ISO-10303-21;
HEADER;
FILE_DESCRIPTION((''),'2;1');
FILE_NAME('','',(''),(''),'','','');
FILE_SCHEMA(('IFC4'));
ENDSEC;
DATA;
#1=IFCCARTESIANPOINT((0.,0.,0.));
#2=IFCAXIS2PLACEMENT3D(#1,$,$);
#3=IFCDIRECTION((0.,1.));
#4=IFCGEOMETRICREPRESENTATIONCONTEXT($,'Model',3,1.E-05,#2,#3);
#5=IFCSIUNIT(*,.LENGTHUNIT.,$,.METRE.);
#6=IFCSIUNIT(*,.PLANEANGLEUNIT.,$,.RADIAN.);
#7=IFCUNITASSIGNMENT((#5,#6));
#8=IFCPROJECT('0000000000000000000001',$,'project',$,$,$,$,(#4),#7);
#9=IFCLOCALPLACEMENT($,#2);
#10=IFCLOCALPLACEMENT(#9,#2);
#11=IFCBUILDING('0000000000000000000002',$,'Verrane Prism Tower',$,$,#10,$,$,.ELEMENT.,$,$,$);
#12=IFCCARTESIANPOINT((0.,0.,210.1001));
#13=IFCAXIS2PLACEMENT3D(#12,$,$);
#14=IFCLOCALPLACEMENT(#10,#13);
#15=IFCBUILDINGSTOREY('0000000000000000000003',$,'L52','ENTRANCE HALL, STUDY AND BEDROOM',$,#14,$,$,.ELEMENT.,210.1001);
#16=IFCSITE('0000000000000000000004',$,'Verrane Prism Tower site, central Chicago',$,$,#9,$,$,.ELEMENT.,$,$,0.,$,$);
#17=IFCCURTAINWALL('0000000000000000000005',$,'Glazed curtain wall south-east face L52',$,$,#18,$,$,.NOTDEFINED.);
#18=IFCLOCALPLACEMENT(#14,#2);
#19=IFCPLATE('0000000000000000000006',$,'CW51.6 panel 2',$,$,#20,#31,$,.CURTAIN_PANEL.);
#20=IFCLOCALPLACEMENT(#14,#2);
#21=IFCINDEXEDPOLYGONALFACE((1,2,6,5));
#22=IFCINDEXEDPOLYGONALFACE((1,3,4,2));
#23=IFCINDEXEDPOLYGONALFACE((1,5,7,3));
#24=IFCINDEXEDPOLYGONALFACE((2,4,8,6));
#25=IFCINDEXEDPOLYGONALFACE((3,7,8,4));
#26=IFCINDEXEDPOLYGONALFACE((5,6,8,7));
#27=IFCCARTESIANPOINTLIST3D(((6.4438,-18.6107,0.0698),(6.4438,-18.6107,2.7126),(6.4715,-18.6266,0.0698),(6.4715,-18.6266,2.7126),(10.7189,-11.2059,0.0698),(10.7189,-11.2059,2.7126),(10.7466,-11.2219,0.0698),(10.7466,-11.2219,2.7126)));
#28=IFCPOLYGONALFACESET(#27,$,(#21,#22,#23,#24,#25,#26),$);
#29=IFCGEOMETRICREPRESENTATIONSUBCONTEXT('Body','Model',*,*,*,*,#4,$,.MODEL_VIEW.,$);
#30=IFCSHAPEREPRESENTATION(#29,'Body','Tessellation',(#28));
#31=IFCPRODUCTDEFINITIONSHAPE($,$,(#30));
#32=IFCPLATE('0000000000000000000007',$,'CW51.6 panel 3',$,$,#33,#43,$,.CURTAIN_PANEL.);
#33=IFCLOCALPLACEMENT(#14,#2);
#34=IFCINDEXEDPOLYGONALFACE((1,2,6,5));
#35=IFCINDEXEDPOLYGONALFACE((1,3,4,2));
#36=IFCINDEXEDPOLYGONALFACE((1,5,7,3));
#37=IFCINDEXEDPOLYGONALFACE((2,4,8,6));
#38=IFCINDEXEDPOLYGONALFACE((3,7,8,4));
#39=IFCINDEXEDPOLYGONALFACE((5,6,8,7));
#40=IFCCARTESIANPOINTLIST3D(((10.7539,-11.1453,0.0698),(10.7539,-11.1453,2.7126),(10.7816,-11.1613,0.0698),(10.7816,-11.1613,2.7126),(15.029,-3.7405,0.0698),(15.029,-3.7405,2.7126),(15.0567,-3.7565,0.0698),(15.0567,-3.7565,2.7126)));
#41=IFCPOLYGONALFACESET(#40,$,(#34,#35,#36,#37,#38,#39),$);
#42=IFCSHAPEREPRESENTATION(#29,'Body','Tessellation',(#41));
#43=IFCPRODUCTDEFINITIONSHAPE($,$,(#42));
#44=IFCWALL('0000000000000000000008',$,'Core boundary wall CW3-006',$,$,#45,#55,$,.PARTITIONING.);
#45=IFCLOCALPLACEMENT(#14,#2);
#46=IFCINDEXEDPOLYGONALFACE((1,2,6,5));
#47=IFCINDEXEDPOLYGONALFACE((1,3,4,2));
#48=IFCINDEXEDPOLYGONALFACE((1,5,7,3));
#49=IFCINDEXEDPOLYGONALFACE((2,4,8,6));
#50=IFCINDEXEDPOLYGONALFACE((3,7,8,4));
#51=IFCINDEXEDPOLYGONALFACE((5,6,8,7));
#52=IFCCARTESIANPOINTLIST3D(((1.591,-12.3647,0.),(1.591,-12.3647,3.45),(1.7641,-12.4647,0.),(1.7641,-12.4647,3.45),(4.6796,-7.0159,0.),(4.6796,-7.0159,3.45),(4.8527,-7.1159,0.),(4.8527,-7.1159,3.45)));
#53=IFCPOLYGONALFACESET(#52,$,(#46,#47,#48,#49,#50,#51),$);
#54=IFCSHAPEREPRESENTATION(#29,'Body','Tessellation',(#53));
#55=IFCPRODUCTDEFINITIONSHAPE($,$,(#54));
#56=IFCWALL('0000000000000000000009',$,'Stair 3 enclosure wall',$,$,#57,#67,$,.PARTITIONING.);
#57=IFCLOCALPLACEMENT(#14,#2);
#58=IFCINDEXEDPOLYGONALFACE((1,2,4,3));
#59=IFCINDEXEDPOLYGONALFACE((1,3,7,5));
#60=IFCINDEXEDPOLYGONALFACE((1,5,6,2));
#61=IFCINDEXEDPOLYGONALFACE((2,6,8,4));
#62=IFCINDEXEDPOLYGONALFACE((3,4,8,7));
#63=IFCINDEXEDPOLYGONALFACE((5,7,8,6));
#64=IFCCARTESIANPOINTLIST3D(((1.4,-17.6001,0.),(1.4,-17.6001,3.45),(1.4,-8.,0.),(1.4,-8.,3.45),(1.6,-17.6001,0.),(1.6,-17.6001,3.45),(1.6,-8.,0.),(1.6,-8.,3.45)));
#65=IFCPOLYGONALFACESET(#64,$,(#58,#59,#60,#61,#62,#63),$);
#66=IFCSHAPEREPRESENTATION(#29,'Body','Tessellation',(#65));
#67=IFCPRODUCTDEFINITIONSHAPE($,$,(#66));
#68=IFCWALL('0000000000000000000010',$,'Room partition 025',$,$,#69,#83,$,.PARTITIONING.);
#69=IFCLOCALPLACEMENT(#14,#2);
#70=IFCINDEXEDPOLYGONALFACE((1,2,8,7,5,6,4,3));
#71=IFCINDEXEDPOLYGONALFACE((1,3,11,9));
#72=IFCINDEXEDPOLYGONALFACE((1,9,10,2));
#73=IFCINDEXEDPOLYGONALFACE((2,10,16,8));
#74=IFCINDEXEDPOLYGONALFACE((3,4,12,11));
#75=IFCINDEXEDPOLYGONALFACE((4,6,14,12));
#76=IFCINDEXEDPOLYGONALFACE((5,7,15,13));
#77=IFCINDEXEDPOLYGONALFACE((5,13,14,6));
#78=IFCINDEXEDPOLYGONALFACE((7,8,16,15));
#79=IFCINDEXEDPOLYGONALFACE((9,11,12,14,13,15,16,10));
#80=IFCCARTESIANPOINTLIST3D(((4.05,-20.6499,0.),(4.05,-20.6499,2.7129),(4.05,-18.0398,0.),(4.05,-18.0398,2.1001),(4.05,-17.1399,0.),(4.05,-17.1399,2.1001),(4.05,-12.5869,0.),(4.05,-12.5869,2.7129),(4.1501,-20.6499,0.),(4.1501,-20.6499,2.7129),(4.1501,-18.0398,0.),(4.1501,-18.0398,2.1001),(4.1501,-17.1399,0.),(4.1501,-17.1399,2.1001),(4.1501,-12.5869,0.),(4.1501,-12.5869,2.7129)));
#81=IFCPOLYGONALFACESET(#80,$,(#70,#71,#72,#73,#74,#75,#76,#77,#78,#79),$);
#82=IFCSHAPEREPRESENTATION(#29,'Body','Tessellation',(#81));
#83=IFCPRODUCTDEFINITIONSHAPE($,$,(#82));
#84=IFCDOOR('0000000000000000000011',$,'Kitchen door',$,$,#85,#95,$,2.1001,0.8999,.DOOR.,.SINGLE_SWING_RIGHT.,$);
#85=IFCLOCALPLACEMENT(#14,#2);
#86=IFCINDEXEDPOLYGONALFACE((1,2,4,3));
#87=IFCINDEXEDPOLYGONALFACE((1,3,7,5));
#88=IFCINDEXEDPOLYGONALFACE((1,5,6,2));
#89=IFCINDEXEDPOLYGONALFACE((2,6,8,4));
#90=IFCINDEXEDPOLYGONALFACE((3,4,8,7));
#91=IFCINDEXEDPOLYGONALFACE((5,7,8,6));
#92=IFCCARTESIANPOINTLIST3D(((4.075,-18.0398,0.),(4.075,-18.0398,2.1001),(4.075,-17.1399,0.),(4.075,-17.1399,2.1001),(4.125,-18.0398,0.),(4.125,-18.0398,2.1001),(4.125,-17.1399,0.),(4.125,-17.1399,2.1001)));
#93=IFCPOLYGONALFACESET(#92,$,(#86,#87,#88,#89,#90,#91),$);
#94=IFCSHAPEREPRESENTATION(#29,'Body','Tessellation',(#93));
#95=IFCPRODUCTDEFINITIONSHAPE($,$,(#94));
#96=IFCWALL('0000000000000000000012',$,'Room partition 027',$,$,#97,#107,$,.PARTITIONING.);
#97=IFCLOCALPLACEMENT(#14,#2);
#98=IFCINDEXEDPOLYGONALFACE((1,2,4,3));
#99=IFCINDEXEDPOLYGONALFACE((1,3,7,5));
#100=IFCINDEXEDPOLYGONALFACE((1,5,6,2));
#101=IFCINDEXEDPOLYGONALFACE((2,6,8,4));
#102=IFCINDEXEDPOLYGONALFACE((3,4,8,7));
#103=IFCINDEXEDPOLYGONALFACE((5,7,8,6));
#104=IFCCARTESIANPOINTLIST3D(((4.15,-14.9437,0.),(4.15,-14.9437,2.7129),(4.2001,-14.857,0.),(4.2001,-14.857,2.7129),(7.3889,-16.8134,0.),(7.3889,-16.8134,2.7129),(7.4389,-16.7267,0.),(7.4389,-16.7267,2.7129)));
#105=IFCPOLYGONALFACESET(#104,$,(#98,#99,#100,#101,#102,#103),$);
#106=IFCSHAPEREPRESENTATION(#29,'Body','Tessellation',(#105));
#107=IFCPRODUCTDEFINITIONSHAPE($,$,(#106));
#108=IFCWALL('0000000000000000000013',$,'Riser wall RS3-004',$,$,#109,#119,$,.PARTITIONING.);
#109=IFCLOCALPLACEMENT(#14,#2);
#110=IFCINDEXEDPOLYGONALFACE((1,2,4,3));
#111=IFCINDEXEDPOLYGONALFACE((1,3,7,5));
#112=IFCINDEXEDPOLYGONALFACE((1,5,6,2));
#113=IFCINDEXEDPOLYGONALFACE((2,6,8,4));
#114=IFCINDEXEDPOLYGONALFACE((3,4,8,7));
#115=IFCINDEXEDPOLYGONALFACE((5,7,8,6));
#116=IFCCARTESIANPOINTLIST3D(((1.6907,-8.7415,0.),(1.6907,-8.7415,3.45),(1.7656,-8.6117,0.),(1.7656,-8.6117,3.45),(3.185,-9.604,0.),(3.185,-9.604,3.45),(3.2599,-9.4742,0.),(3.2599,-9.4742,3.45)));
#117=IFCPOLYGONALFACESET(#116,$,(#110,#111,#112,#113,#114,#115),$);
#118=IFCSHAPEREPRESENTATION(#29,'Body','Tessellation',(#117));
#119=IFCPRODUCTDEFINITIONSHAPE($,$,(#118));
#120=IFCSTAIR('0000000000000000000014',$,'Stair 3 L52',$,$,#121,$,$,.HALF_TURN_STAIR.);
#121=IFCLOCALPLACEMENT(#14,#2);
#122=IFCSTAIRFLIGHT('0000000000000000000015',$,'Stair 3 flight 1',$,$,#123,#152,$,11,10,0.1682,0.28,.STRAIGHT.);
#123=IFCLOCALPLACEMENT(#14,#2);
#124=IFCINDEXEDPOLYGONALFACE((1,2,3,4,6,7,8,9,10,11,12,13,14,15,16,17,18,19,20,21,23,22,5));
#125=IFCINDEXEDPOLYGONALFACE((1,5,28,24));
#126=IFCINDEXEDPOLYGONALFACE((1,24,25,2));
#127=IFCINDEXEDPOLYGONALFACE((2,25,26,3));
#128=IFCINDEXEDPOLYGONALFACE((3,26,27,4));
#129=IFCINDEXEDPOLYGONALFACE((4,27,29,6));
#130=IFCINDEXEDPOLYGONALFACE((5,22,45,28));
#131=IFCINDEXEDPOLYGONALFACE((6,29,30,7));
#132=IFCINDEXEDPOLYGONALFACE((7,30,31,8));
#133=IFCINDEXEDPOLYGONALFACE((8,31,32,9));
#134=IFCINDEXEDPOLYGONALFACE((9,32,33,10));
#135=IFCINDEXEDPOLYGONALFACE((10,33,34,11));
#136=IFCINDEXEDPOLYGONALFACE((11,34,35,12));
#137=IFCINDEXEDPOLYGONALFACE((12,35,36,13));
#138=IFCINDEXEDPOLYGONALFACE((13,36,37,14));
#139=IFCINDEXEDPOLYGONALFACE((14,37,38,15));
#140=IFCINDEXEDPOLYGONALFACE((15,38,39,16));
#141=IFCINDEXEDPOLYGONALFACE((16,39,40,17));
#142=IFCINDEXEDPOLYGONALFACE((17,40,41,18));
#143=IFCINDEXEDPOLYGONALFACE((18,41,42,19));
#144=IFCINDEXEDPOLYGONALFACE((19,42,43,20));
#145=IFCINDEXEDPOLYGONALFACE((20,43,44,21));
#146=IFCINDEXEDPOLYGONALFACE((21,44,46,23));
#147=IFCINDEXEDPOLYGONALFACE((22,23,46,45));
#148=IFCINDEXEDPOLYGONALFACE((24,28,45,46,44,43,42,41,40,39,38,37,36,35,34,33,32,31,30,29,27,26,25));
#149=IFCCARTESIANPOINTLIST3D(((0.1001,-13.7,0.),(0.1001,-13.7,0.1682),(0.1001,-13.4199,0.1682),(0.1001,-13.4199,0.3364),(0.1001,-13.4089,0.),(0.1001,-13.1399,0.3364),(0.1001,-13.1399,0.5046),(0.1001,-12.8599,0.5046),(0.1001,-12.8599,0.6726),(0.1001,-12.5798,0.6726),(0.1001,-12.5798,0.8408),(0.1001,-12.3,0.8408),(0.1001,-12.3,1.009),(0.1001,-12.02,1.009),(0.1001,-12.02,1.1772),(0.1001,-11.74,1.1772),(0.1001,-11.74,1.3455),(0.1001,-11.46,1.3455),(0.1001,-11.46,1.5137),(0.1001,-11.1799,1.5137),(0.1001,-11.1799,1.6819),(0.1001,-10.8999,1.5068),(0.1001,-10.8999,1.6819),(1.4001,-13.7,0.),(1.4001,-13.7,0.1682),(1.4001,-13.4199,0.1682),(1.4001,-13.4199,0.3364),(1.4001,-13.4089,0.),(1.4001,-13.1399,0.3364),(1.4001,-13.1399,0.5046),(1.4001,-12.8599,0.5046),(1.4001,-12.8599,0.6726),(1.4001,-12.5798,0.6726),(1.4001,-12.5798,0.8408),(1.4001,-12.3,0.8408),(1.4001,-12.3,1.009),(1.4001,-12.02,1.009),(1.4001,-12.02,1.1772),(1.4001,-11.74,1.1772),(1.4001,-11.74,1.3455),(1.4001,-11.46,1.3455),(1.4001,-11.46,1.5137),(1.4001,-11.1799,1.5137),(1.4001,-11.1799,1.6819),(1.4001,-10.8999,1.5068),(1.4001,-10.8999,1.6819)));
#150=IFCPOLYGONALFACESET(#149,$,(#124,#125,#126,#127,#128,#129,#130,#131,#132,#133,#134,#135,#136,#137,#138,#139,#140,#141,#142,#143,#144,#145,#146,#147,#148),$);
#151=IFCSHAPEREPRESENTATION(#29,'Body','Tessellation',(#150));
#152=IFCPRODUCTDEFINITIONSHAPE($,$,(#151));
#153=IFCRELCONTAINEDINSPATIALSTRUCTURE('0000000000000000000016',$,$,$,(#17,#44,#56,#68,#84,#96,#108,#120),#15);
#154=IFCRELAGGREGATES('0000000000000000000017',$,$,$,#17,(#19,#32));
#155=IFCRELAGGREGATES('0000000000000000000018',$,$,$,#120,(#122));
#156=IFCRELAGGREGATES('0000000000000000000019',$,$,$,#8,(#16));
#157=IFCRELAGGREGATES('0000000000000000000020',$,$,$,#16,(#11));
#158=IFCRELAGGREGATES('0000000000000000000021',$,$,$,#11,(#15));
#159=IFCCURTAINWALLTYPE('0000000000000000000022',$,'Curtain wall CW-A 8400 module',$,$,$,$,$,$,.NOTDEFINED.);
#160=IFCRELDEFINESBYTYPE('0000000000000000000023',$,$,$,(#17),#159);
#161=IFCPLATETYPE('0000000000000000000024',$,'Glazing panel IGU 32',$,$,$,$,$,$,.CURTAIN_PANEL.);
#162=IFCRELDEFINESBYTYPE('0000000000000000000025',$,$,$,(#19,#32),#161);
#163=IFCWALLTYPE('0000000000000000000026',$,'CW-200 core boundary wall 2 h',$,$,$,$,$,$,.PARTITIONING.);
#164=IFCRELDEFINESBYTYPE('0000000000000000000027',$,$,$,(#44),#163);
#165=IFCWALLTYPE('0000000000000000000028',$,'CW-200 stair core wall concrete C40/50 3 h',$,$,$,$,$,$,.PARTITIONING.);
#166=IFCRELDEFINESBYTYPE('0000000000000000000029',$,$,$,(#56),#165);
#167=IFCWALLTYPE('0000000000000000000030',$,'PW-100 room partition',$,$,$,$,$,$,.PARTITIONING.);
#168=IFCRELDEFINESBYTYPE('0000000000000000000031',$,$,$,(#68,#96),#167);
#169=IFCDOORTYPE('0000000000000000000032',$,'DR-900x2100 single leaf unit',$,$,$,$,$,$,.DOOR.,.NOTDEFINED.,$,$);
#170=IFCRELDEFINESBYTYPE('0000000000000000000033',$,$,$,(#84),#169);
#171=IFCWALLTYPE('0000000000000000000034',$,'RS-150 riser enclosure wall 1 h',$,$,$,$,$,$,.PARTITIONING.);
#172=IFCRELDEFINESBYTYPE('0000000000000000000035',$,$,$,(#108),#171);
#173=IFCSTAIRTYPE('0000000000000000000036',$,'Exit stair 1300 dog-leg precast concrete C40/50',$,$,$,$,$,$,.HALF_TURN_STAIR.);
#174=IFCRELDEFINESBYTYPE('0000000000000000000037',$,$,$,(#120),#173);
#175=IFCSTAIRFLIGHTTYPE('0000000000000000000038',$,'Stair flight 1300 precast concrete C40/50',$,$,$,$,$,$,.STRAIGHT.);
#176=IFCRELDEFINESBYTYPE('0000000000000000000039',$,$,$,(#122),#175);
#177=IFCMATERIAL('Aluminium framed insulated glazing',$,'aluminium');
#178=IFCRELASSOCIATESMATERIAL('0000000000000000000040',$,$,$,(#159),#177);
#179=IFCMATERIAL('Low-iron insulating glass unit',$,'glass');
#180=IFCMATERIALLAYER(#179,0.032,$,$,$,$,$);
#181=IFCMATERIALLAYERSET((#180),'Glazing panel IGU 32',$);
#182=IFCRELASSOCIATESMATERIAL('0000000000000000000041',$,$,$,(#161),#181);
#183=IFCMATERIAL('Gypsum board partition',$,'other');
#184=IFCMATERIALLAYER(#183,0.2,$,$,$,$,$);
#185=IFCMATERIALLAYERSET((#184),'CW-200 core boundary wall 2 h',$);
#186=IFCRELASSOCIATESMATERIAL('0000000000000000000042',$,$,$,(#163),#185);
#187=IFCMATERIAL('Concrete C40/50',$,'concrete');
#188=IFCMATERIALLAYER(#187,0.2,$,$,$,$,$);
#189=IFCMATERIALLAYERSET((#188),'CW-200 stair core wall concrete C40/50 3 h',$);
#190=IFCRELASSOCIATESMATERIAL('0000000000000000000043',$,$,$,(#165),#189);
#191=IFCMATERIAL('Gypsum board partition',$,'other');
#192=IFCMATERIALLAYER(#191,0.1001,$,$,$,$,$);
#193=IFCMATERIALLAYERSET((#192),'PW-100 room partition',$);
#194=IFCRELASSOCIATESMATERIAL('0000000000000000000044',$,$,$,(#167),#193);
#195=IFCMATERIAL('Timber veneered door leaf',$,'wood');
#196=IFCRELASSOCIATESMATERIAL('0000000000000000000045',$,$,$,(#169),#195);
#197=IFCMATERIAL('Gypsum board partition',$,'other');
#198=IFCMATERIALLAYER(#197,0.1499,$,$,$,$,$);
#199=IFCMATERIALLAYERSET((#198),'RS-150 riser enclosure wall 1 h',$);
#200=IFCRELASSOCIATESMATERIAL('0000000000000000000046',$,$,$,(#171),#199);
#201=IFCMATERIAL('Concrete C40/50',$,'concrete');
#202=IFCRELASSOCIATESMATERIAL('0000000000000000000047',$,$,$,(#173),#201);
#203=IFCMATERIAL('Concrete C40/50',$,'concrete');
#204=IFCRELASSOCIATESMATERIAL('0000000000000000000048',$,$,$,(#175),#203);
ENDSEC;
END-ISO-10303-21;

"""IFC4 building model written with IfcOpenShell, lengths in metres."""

from ifc_helpers import new_model, si_unit, direction, frame, frame_2d, origin, origin_2d, place, context, subcontext, project, spatial, polyline, rectangle, outline, extrude, material, layer, layer_set, type_object, element, fill, aggregate, save


model = new_model("IFC4")

# Units and contexts
model_context = context("Model", 3, precision=1e-05, world=origin(), true_north=direction((0.0, 1.0)))
body_context = subcontext(model_context, "Body", "Model", "MODEL_VIEW")
ifc_project = project(units=[si_unit("LENGTHUNIT", "METRE"), si_unit("PLANEANGLEUNIT", "RADIAN")], contexts=[model_context])

# Site, building, storey
site_placement = place(None, origin())
site = spatial("IfcSite", under=ifc_project, at=site_placement, Name="Verrane Prism Tower site, central Chicago", CompositionType="ELEMENT", RefElevation=0.0)
building_placement = place(site_placement, origin())
building = spatial("IfcBuilding", under=site, at=building_placement, Name="Verrane Prism Tower", CompositionType="ELEMENT")
storey_placement = place(building_placement, frame((0.0, 0.0, 210.1001)))
storey = spatial("IfcBuildingStorey", under=building, at=storey_placement, Name="L52", Description="ENTRANCE HALL, STUDY AND BEDROOM", CompositionType="ELEMENT", Elevation=210.1001)

# Curtain wall
ifc_material_1 = material(Name="Aluminium framed insulated glazing", Category="aluminium")
curtain_wall_type = type_object("IfcCurtainWallType", Name="Curtain wall CW-A 8400 module", PredefinedType="NOTDEFINED", material=ifc_material_1)
curtain_wall_placement = place(storey_placement, origin())
curtain_wall = element("IfcCurtainWall", 1, at=curtain_wall_placement, inside=storey, type_object=curtain_wall_type, Name="Glazed curtain wall south-east face L52", PredefinedType="NOTDEFINED")

# Plates
ifc_material_2 = material(Name="Low-iron insulating glass unit", Category="glass")
ifc_layer_1 = layer(ifc_material_2, 0.032)
ifc_layer_set_1 = layer_set([ifc_layer_1], Name="Glazing panel IGU 32")
plate_type = type_object("IfcPlateType", Name="Glazing panel IGU 32", PredefinedType="CURTAIN_PANEL", material=ifc_layer_set_1)
plate_1_placement = place(storey_placement, frame((8.5952, -14.9163, 0.0698), z_axis=(0.0, 0.0, 1.0), x_axis=(0.499999, 0.866026, 0.0)))
plate_1 = element("IfcPlate", 2, at=plate_1_placement, type_object=plate_type, Name="CW51.6 panel 2", PredefinedType="CURTAIN_PANEL", context=body_context, shape_type="SweptSolid", body=[
    extrude(rectangle(XDim=8.5503, YDim=0.032, at=origin_2d()), origin(), (0.0, 0.0, 1.0), 2.6428),
])
plate_2_placement = place(storey_placement, frame((12.9053, -7.4509, 0.0698), z_axis=(0.0, 0.0, 1.0), x_axis=(0.499999, 0.866026, 0.0)))
plate_2 = element("IfcPlate", 3, at=plate_2_placement, type_object=plate_type, Name="CW51.6 panel 3", PredefinedType="CURTAIN_PANEL", context=body_context, shape_type="SweptSolid", body=[
    extrude(rectangle(XDim=8.5503, YDim=0.032, at=origin_2d()), origin(), (0.0, 0.0, 1.0), 2.6428),
])
aggregate(curtain_wall, [plate_1, plate_2])

# Walls
ifc_material_3 = material(Name="Gypsum board partition", Category="other")
ifc_layer_2 = layer(ifc_material_3, 0.2)
ifc_layer_set_2 = layer_set([ifc_layer_2], Name="CW-200 core boundary wall 2 h")
wall_type_1 = type_object("IfcWallType", Name="CW-200 core boundary wall 2 h", PredefinedType="PARTITIONING", material=ifc_layer_set_2)
wall_1_placement = place(storey_placement, frame((1.6775, -12.4148, 0.0), z_axis=(0.0, 0.0, 1.0), x_axis=(0.500054, 0.865994, 0.0)))
element("IfcWall", 4, at=wall_1_placement, inside=storey, type_object=wall_type_1, Name="Core boundary wall CW3-006", PredefinedType="PARTITIONING", context=body_context, shape_type="SweptSolid", body=[
    extrude(rectangle(XDim=6.1765, YDim=0.2, at=frame_2d((3.0884, 0.0))), origin(), (0.0, 0.0, 1.0), 3.45),
])
ifc_material_4 = material(Name="Concrete C40/50", Category="concrete")
ifc_layer_3 = layer(ifc_material_4, 0.2)
ifc_layer_set_3 = layer_set([ifc_layer_3], Name="CW-200 stair core wall concrete C40/50 3 h")
wall_type_2 = type_object("IfcWallType", Name="CW-200 stair core wall concrete C40/50 3 h", PredefinedType="PARTITIONING", material=ifc_layer_set_3)
wall_2_placement = place(storey_placement, frame((1.5, -8.0, 0.0), z_axis=(0.0, 0.0, 1.0), x_axis=(0.0, -1.0, 0.0)))
element("IfcWall", 5, at=wall_2_placement, inside=storey, type_object=wall_type_2, Name="Stair 3 enclosure wall", PredefinedType="PARTITIONING", context=body_context, shape_type="SweptSolid", body=[
    extrude(rectangle(XDim=9.6001, YDim=0.2, at=frame_2d((4.8, 0.0))), origin(), (0.0, 0.0, 1.0), 3.45),
])

# Wall, opening, door
ifc_material_5 = material(Name="Gypsum board partition", Category="other")
ifc_layer_4 = layer(ifc_material_5, 0.1001)
ifc_layer_set_4 = layer_set([ifc_layer_4], Name="PW-100 room partition")
wall_type_3 = type_object("IfcWallType", Name="PW-100 room partition", PredefinedType="PARTITIONING", material=ifc_layer_set_4)
wall_3_placement = place(storey_placement, frame((4.1001, -12.5869, 0.0), z_axis=(0.0, 0.0, 1.0), x_axis=(0.0, -1.0, 0.0)))
wall_3 = element("IfcWall", 6, at=wall_3_placement, inside=storey, type_object=wall_type_3, Name="Room partition 025", PredefinedType="PARTITIONING", context=body_context, shape_type="SweptSolid", body=[
    extrude(rectangle(XDim=8.063, YDim=0.1001, at=frame_2d((4.0315, 0.0))), origin(), (0.0, 0.0, 1.0), 2.7129),
])
opening_placement = place(wall_3_placement, frame((4.553, 0.0, 0.0)))
opening = element("IfcOpeningElement", 7, at=opening_placement, cuts=wall_3, PredefinedType="OPENING", context=body_context, shape_type="SweptSolid", body=[
    extrude(rectangle(XDim=0.8999, YDim=2.1001, at=frame_2d((0.45, 1.05))), frame((0.0, 0.0601, 0.0), z_axis=(0.0, -1.0, 0.0), x_axis=(1.0, 0.0, 0.0)), (0.0, 0.0, 1.0), 0.1201),
])
ifc_material_6 = material(Name="Timber veneered door leaf", Category="wood")
door_type = type_object("IfcDoorType", Name="DR-900x2100 single leaf unit", OperationType="NOTDEFINED", PredefinedType="DOOR", material=ifc_material_6)
door_placement = place(opening_placement, origin())
door = element("IfcDoor", 8, at=door_placement, inside=storey, type_object=door_type, Name="Kitchen door", OperationType="SINGLE_SWING_RIGHT", OverallHeight=2.1001, OverallWidth=0.8999, PredefinedType="DOOR", context=body_context, shape_type="SweptSolid", body=[
    extrude(rectangle(XDim=0.8999, YDim=2.1001, at=frame_2d((0.45, 1.05))), frame((0.0, 0.0249, 0.0), z_axis=(0.0, -1.0, 0.0), x_axis=(1.0, 0.0, 0.0)), (0.0, 0.0, 1.0), 0.05),
])
fill(opening, door)

# Walls
wall_4_placement = place(storey_placement, frame((4.175, -14.9004, 0.0), z_axis=(0.0, 0.0, 1.0), x_axis=(0.866057, -0.499945, 0.0)))
element("IfcWall", 9, at=wall_4_placement, inside=storey, type_object=wall_type_3, Name="Room partition 027", PredefinedType="PARTITIONING", context=body_context, shape_type="SweptSolid", body=[
    extrude(rectangle(XDim=3.7397, YDim=0.1001, at=frame_2d((1.8699, 0.0))), origin(), (0.0, 0.0, 1.0), 2.7129),
])
ifc_material_7 = material(Name="Gypsum board partition", Category="other")
ifc_layer_5 = layer(ifc_material_7, 0.1499)
ifc_layer_set_5 = layer_set([ifc_layer_5], Name="RS-150 riser enclosure wall 1 h")
wall_type_4 = type_object("IfcWallType", Name="RS-150 riser enclosure wall 1 h", PredefinedType="PARTITIONING", material=ifc_layer_set_5)
wall_5_placement = place(storey_placement, frame((1.728, -8.6765, 0.0), z_axis=(0.0, 0.0, 1.0), x_axis=(0.866084, -0.499898, 0.0)))
element("IfcWall", 10, at=wall_5_placement, inside=storey, type_object=wall_type_4, Name="Riser wall RS3-004", PredefinedType="PARTITIONING", context=body_context, shape_type="SweptSolid", body=[
    extrude(rectangle(XDim=1.7253, YDim=0.1499, at=frame_2d((0.8628, 0.0))), origin(), (0.0, 0.0, 1.0), 3.45),
])

# Stair, stair flight
ifc_material_8 = material(Name="Concrete C40/50", Category="concrete")
stair_type = type_object("IfcStairType", Name="Exit stair 1300 dog-leg precast concrete C40/50", PredefinedType="HALF_TURN_STAIR", material=ifc_material_8)
stair_placement = place(storey_placement, origin())
stair = element("IfcStair", 11, at=stair_placement, inside=storey, type_object=stair_type, Name="Stair 3 L52", PredefinedType="HALF_TURN_STAIR")
ifc_material_9 = material(Name="Concrete C40/50", Category="concrete")
stair_flight_type = type_object("IfcStairFlightType", Name="Stair flight 1300 precast concrete C40/50", PredefinedType="STRAIGHT", material=ifc_material_9)
stair_flight_placement = place(storey_placement, frame((0.75, -13.7, 0.0), z_axis=(0.0, 0.0, 1.0), x_axis=(0.0, 1.0, 0.0)))
stair_flight = element("IfcStairFlight", 12, at=stair_flight_placement, type_object=stair_flight_type, Name="Stair 3 flight 1", NumberOfRisers=11, NumberOfTreads=10, PredefinedType="STRAIGHT", RiserHeight=0.1682, TreadLength=0.28, context=body_context, shape_type="SweptSolid", body=[
    extrude(outline(polyline([(0.0, 0.0), (0.0, 0.1682), (0.28, 0.1682), (0.28, 0.3364), (0.5601, 0.3364), (0.5601, 0.5046), (0.8401, 0.5046), (0.8401, 0.6726), (1.1201, 0.6726), (1.1201, 0.8408), (1.3999, 0.8408), (1.3999, 1.009), (1.6799, 1.009), (1.6799, 1.1772), (1.96, 1.1772), (1.96, 1.3455), (2.24, 1.3455), (2.24, 1.5137), (2.52, 1.5137), (2.52, 1.6819), (2.8, 1.6819), (2.8, 1.8501), (2.8, 1.5068), (0.291, 0.0), (0.0, 0.0)])), frame((0.0, 0.6499, 0.0), z_axis=(0.0, -1.0, 0.0), x_axis=(1.0, 0.0, 0.0)), (0.0, 0.0, 1.0), 1.3),
])
aggregate(stair, [stair_flight])

save(model, "model.ifc")
